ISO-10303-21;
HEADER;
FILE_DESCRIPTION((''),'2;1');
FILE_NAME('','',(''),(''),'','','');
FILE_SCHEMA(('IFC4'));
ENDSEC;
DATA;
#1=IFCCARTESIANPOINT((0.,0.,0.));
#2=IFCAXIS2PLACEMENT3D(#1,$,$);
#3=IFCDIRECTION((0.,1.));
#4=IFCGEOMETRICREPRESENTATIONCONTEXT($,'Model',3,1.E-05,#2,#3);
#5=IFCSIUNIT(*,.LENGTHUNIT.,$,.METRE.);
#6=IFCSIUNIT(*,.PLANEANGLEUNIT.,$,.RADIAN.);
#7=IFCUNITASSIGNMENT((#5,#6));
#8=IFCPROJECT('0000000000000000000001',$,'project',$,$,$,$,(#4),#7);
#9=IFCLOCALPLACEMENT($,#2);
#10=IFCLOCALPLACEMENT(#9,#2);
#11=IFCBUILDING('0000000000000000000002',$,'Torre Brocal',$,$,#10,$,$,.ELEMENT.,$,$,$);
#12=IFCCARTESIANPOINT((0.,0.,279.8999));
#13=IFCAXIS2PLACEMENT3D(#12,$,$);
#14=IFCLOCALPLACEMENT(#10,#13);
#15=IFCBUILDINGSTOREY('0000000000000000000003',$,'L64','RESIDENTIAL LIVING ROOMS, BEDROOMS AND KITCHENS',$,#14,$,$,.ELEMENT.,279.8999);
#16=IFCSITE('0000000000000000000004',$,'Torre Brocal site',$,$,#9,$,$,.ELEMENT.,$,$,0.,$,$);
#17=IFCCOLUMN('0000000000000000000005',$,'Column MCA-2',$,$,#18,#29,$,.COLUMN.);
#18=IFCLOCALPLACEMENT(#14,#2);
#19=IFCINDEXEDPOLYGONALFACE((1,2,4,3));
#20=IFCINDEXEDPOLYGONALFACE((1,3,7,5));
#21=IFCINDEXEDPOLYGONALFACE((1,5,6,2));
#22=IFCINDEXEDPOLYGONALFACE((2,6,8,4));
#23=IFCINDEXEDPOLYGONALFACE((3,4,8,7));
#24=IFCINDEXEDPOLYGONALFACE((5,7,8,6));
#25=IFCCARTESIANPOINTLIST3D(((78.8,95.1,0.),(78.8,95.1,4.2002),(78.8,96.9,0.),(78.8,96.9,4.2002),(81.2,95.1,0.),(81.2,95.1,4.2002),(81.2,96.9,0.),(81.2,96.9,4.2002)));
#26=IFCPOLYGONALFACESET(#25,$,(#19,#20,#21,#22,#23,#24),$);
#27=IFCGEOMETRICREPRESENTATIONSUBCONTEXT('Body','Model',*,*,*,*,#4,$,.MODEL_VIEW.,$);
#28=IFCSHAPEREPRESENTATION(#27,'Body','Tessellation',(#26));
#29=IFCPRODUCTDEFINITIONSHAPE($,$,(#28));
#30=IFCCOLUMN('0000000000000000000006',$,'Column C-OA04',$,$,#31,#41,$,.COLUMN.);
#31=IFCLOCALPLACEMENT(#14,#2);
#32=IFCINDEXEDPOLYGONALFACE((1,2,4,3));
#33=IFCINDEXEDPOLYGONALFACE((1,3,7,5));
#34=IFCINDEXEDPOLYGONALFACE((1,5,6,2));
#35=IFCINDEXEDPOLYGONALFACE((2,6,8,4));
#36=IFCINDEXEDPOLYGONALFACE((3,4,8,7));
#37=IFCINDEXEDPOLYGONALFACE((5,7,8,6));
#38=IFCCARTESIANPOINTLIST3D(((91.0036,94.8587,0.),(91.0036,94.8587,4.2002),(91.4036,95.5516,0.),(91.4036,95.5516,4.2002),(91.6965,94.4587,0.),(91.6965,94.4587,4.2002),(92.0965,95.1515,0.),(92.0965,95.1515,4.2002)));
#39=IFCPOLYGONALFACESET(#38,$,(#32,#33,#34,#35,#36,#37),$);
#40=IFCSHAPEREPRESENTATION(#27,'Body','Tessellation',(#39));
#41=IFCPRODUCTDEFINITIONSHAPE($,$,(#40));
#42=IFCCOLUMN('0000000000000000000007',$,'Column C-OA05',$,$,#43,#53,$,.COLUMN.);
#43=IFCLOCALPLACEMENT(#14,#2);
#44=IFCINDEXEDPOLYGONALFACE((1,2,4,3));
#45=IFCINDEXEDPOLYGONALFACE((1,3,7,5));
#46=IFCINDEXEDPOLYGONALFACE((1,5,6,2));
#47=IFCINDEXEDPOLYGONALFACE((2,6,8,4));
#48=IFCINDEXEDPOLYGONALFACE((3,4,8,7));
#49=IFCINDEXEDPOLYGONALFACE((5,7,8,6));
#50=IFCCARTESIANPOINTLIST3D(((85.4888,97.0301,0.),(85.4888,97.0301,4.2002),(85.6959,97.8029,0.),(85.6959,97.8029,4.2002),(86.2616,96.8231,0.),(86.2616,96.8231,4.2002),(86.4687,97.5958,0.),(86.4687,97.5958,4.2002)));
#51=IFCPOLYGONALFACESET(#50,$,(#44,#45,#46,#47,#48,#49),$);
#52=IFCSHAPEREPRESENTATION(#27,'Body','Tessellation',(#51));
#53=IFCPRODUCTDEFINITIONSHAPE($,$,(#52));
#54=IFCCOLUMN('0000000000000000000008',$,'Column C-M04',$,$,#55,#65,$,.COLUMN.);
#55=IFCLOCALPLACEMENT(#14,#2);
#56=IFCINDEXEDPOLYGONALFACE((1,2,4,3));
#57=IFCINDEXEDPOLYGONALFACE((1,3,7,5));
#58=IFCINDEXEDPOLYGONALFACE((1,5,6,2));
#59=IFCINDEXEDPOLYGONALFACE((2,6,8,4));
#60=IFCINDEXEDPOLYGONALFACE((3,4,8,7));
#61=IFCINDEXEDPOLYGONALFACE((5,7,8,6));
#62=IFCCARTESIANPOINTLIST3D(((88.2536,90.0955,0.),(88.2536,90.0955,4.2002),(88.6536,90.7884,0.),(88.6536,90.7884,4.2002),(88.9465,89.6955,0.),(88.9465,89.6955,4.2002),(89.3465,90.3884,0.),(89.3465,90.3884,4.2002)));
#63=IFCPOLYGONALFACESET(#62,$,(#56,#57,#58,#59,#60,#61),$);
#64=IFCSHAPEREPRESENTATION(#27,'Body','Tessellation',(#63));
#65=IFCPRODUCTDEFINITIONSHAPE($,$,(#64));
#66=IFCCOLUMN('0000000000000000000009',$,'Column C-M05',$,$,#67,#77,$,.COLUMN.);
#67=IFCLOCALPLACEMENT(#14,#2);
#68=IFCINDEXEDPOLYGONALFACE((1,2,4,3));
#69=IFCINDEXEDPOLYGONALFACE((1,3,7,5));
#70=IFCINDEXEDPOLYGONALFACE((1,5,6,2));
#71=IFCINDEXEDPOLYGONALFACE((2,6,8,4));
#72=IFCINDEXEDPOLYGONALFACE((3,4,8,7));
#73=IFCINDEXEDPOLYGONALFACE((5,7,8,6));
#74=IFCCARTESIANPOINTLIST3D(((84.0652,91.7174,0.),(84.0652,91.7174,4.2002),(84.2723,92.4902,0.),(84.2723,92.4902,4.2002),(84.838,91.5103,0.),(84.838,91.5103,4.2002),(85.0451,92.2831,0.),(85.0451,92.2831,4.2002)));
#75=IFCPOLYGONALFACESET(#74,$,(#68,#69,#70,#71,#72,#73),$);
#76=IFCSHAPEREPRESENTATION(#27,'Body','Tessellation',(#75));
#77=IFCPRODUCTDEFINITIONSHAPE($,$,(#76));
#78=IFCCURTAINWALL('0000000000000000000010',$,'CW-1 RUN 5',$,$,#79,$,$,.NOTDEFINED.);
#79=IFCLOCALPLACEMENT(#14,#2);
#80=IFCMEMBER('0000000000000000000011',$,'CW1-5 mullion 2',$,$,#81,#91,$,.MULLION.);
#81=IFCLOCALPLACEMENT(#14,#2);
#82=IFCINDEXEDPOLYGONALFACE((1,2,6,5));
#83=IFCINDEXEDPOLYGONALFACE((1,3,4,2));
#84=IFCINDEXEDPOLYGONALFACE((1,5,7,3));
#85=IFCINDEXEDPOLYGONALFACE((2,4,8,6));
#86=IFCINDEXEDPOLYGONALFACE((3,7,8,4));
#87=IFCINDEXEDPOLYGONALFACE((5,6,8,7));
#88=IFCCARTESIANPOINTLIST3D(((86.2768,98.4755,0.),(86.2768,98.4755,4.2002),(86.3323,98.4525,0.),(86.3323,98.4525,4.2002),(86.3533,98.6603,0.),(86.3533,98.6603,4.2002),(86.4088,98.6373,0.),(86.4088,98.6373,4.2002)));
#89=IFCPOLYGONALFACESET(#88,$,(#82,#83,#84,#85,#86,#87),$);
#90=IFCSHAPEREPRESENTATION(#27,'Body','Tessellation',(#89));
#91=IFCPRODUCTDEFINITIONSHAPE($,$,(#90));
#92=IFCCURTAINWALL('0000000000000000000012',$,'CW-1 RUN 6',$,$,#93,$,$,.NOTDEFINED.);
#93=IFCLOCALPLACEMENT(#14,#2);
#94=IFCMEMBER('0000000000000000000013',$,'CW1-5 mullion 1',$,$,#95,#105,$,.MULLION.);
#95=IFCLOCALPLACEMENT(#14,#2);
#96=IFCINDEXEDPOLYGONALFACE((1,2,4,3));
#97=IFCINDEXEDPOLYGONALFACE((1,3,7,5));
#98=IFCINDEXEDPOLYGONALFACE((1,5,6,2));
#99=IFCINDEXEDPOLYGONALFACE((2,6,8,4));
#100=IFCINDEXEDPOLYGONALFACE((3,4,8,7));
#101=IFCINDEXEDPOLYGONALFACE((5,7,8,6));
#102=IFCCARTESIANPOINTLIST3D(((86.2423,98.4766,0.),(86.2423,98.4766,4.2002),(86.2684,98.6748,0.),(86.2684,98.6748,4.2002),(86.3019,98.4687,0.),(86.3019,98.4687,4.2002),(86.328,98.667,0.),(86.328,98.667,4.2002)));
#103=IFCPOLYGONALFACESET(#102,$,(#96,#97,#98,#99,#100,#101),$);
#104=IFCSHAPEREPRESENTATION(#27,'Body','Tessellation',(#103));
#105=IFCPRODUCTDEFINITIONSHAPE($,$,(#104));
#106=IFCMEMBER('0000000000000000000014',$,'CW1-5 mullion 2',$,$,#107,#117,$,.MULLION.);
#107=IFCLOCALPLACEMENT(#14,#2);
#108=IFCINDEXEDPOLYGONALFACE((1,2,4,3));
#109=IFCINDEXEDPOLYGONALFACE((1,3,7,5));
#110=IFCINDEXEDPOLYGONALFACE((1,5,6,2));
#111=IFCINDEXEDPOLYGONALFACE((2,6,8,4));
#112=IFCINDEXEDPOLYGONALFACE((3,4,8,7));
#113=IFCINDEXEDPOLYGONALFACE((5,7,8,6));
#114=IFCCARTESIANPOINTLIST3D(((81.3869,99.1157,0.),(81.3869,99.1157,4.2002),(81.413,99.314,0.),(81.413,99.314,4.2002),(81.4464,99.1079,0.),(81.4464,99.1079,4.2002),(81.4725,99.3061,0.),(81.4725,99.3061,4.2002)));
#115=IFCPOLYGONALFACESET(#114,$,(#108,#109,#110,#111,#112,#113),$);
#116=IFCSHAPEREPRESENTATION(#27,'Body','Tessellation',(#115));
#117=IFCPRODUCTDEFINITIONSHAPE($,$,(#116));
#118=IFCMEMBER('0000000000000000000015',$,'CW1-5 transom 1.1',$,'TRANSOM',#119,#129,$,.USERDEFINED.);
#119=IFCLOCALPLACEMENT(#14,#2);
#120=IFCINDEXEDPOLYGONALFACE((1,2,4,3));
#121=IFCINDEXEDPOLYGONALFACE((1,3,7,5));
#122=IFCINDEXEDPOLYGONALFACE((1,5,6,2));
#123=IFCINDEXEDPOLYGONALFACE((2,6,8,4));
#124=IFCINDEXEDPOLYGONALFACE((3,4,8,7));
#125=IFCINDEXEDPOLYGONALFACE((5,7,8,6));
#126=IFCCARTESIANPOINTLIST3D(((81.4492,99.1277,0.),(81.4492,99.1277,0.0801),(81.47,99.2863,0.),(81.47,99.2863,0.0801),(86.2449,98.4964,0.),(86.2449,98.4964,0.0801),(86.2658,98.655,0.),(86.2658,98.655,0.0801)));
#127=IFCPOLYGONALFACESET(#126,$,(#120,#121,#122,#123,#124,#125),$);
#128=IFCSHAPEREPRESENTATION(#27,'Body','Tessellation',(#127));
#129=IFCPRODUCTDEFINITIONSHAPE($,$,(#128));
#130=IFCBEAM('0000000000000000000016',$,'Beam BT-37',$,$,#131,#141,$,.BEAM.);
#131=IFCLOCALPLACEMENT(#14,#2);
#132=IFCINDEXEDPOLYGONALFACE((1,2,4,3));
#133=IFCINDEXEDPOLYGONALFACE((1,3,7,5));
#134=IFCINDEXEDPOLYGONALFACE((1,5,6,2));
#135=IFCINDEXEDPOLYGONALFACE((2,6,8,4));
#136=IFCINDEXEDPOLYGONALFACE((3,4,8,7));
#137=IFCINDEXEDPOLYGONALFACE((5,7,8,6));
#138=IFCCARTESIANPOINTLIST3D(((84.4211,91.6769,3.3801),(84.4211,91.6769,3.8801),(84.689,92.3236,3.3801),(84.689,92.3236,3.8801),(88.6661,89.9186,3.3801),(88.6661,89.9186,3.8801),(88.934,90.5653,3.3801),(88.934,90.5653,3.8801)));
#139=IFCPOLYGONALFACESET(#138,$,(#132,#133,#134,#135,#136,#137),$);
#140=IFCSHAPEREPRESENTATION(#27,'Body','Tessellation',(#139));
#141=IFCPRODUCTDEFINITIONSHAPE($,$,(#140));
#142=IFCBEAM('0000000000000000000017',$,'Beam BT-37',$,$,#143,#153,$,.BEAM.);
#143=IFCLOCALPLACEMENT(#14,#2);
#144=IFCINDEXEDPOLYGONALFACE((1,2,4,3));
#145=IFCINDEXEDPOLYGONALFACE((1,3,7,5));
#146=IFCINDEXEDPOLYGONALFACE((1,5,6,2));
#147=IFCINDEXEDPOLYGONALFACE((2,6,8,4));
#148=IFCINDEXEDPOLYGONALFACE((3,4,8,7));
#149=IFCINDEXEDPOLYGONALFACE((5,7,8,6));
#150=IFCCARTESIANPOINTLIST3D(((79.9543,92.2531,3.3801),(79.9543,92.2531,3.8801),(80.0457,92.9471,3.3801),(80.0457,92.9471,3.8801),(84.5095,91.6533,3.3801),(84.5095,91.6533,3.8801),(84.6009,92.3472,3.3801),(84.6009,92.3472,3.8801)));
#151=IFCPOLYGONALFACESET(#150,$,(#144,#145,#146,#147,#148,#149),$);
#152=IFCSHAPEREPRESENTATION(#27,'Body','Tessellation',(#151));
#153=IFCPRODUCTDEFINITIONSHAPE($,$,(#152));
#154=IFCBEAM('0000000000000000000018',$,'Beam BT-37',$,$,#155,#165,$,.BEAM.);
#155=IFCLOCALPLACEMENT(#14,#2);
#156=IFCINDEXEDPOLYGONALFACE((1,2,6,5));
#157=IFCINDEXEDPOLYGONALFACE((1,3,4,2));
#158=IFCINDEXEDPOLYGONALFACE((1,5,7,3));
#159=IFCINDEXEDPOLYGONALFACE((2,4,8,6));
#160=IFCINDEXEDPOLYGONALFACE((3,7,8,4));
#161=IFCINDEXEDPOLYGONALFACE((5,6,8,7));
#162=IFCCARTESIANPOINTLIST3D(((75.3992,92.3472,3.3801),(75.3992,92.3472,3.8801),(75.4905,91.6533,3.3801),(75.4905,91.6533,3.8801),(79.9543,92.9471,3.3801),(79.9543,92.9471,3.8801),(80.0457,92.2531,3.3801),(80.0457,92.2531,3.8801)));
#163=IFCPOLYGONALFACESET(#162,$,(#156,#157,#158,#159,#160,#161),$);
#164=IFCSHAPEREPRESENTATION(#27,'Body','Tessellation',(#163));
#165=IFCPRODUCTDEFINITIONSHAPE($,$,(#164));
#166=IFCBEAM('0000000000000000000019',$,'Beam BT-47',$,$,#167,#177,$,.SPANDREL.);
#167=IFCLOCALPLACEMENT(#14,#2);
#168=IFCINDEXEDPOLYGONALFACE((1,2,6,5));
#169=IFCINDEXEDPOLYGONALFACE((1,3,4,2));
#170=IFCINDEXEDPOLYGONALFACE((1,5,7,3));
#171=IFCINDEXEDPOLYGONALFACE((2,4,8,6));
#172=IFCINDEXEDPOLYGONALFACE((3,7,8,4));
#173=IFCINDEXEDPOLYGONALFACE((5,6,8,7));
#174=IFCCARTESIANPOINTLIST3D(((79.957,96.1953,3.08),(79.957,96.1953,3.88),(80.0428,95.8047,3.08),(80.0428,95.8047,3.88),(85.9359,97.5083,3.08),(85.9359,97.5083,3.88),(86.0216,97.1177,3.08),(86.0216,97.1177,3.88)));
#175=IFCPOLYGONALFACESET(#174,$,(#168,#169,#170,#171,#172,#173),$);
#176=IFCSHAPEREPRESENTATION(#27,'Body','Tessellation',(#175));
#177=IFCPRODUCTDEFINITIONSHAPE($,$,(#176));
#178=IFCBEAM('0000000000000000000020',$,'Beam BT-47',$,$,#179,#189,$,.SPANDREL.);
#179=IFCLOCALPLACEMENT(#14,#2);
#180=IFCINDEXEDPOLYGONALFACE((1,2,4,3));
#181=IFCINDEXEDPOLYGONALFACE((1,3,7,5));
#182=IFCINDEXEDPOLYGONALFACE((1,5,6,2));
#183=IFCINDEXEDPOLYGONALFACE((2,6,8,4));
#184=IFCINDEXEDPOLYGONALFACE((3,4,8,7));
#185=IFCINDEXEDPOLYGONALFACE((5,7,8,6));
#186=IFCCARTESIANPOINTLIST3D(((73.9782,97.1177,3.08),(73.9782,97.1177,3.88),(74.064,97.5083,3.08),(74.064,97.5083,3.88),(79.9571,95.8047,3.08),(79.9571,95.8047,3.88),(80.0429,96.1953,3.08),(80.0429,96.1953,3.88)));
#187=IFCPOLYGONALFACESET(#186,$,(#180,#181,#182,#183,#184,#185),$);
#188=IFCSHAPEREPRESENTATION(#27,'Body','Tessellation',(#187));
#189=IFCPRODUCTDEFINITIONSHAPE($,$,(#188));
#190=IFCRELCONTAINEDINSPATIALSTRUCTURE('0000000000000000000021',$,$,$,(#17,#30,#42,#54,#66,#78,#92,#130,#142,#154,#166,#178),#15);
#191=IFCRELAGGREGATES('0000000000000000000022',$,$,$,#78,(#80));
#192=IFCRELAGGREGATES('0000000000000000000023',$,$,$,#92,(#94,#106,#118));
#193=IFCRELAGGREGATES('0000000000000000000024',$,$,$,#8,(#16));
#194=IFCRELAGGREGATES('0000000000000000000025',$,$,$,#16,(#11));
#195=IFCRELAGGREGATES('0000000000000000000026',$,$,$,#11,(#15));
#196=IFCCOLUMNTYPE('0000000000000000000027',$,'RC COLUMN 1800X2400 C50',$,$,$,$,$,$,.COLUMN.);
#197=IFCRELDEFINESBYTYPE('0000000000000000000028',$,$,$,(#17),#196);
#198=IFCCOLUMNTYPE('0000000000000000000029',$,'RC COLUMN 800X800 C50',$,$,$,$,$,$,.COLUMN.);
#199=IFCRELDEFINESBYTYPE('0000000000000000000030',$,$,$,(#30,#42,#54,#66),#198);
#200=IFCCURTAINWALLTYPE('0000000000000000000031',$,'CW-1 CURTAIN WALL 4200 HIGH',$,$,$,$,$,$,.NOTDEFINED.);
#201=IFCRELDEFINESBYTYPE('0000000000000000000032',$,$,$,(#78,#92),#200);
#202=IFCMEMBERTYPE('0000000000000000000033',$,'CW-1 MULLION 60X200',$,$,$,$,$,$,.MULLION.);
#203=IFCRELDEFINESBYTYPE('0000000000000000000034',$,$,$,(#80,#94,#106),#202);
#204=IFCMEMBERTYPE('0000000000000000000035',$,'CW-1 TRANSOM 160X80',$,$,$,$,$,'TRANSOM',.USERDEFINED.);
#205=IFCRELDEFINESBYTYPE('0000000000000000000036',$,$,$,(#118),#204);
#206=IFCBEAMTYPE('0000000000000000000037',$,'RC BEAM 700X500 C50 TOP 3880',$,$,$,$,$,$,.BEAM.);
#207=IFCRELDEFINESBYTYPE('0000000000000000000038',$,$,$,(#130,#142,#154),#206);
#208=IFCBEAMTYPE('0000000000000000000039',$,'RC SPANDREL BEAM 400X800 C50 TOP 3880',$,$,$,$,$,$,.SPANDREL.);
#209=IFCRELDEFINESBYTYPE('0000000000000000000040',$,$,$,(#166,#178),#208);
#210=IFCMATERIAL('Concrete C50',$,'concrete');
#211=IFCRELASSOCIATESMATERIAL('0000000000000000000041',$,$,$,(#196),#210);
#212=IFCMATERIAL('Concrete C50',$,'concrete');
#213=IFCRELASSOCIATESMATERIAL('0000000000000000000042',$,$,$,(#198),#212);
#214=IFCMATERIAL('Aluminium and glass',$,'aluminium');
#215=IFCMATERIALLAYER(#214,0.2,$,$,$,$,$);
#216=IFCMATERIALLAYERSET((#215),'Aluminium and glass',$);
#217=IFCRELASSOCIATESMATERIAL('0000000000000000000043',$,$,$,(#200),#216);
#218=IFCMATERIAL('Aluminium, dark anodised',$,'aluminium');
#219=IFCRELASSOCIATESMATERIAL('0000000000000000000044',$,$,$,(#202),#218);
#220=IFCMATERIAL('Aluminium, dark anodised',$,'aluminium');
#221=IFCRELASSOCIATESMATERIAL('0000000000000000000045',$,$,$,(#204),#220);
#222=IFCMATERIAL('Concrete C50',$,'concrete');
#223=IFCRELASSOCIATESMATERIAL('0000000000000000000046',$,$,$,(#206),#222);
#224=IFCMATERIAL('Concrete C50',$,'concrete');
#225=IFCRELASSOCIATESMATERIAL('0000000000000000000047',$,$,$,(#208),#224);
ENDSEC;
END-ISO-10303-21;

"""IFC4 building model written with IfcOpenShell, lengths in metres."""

from ifc_helpers import new_model, si_unit, direction, frame, origin, origin_2d, place, context, subcontext, project, spatial, rectangle, extrude, material, layer, layer_set, material_profile, profile_set, type_object, element, aggregate, save


model = new_model("IFC4")

# Units and contexts
model_context = context("Model", 3, precision=1e-05, world=origin(), true_north=direction((0.0, 1.0)))
body_context = subcontext(model_context, "Body", "Model", "MODEL_VIEW")
ifc_project = project(units=[si_unit("LENGTHUNIT", "METRE"), si_unit("PLANEANGLEUNIT", "RADIAN")], contexts=[model_context])

# Site, building, storey
site_placement = place(None, origin())
site = spatial("IfcSite", under=ifc_project, at=site_placement, Name="Torre Brocal site", CompositionType="ELEMENT", RefElevation=0.0)
building_placement = place(site_placement, origin())
building = spatial("IfcBuilding", under=site, at=building_placement, Name="Torre Brocal", CompositionType="ELEMENT")
storey_placement = place(building_placement, frame((0.0, 0.0, 279.8999)))
storey = spatial("IfcBuildingStorey", under=building, at=storey_placement, Name="L64", Description="RESIDENTIAL LIVING ROOMS, BEDROOMS AND KITCHENS", CompositionType="ELEMENT", Elevation=279.8999)

# Columns
ifc_material_1 = material(Name="Concrete C50", Category="concrete")
ifc_material_profile_1 = material_profile(ifc_material_1, rectangle(XDim=1.8, YDim=2.3999, at=origin_2d()), Name="RC 1800X2400")
ifc_profile_set_1 = profile_set([ifc_material_profile_1], Name="Concrete C50")
column_type_1 = type_object("IfcColumnType", Name="RC COLUMN 1800X2400 C50", PredefinedType="COLUMN", material=ifc_profile_set_1)
column_placement = place(storey_placement, frame((80.0, 96.0, 0.0), z_axis=(0.0, 0.0, 1.0), x_axis=(0.0, 1.0, 0.0)))
element("IfcColumn", 1, at=column_placement, inside=storey, type_object=column_type_1, Name="Column MCA-2", PredefinedType="COLUMN", context=body_context, shape_type="SweptSolid", body=[
    extrude(rectangle(XDim=1.8, YDim=2.3999, at=origin_2d()), origin(), (0.0, 0.0, 1.0), 4.2002),
])
ifc_material_2 = material(Name="Concrete C50", Category="concrete")
ifc_material_profile_2 = material_profile(ifc_material_2, rectangle(XDim=0.8, YDim=0.8, at=origin_2d()), Name="RC 800X800")
ifc_profile_set_2 = profile_set([ifc_material_profile_2], Name="Concrete C50")
column_type_2 = type_object("IfcColumnType", Name="RC COLUMN 800X800 C50", PredefinedType="COLUMN", material=ifc_profile_set_2)
for number, where, z_axis, x_axis, name in (
    (2, (91.55, 95.0051, 0.0), (0.0, 0.0, 1.0), (0.5, 0.866025, 0.0), "Column C-OA04"),
    (3, (85.9788, 97.313, 0.0), (0.0, 0.0, 1.0), (0.258819, 0.965926, 0.0), "Column C-OA05"),
    (4, (88.8, 90.2419, 0.0), (0.0, 0.0, 1.0), (0.5, 0.866025, 0.0), "Column C-M04"),
    (5, (84.5552, 92.0002, 0.0), (0.0, 0.0, 1.0), (0.258819, 0.965926, 0.0), "Column C-M05"),
):
    element("IfcColumn", number, at=place(storey_placement, frame(where, z_axis=z_axis, x_axis=x_axis)), inside=storey, type_object=column_type_2, Name=name, PredefinedType="COLUMN", context=body_context, shape_type="SweptSolid", body=[
        extrude(rectangle(XDim=0.8, YDim=0.8, at=origin_2d()), origin(), (0.0, 0.0, 1.0), 4.2002),
    ])

# Curtain wall, member
ifc_material_3 = material(Name="Aluminium and glass", Category="aluminium")
ifc_layer_1 = layer(ifc_material_3, 0.2)
ifc_layer_set_1 = layer_set([ifc_layer_1], Name="Aluminium and glass")
curtain_wall_type = type_object("IfcCurtainWallType", Name="CW-1 CURTAIN WALL 4200 HIGH", PredefinedType="NOTDEFINED", material=ifc_layer_set_1)
curtain_wall_1_placement = place(storey_placement, origin())
curtain_wall_1 = element("IfcCurtainWall", 6, at=curtain_wall_1_placement, inside=storey, type_object=curtain_wall_type, Name="CW-1 RUN 5", PredefinedType="NOTDEFINED")
ifc_material_4 = material(Name="Aluminium, dark anodised", Category="aluminium")
ifc_material_profile_3 = material_profile(ifc_material_4, rectangle(XDim=0.2, YDim=0.0601, at=origin_2d()), Name="CW-1 MULLION 60X200")
ifc_profile_set_3 = profile_set([ifc_material_profile_3], Name="Aluminium, dark anodised")
member_type_1 = type_object("IfcMemberType", Name="CW-1 MULLION 60X200", PredefinedType="MULLION", material=ifc_profile_set_3)
member_1_placement = place(storey_placement, frame((86.3428, 98.5564, 0.0), z_axis=(0.0, 0.0, 1.0), x_axis=(-0.382683, -0.92388, 0.0)))
member_1 = element("IfcMember", 7, at=member_1_placement, type_object=member_type_1, Name="CW1-5 mullion 2", PredefinedType="MULLION", context=body_context, shape_type="SweptSolid", body=[
    extrude(rectangle(XDim=0.2, YDim=0.0601, at=origin_2d()), origin(), (0.0, 0.0, 1.0), 4.2002),
])

# Curtain wall, members
curtain_wall_2_placement = place(storey_placement, origin())
curtain_wall_2 = element("IfcCurtainWall", 8, at=curtain_wall_2_placement, inside=storey, type_object=curtain_wall_type, Name="CW-1 RUN 6", PredefinedType="NOTDEFINED")
member_2_placement = place(storey_placement, frame((86.2852, 98.5718, 0.0), z_axis=(0.0, 0.0, 1.0), x_axis=(-0.130526, -0.991445, 0.0)))
member_2 = element("IfcMember", 9, at=member_2_placement, type_object=member_type_1, Name="CW1-5 mullion 1", PredefinedType="MULLION", context=body_context, shape_type="SweptSolid", body=[
    extrude(rectangle(XDim=0.2, YDim=0.0601, at=origin_2d()), origin(), (0.0, 0.0, 1.0), 4.2002),
])
member_3_placement = place(storey_placement, frame((81.4297, 99.2109, 0.0), z_axis=(0.0, 0.0, 1.0), x_axis=(-0.130526, -0.991445, 0.0)))
member_3 = element("IfcMember", 10, at=member_3_placement, type_object=member_type_1, Name="CW1-5 mullion 2", PredefinedType="MULLION", context=body_context, shape_type="SweptSolid", body=[
    extrude(rectangle(XDim=0.2, YDim=0.0601, at=origin_2d()), origin(), (0.0, 0.0, 1.0), 4.2002),
])
ifc_material_5 = material(Name="Aluminium, dark anodised", Category="aluminium")
ifc_material_profile_4 = material_profile(ifc_material_5, rectangle(XDim=0.1599, YDim=0.0801, at=origin_2d()), Name="CW-1 TRANSOM 160X80")
ifc_profile_set_4 = profile_set([ifc_material_profile_4], Name="Aluminium, dark anodised")
member_type_2 = type_object("IfcMemberType", Name="CW-1 TRANSOM 160X80", ElementType="TRANSOM", PredefinedType="USERDEFINED", material=ifc_profile_set_4)
member_4_placement = place(storey_placement, frame((86.2554, 98.5757, 0.04), z_axis=(-0.991446, 0.130517, 0.0), x_axis=(-0.130517, -0.991446, 0.0)))
member_4 = element("IfcMember", 11, at=member_4_placement, type_object=member_type_2, Name="CW1-5 transom 1.1", ObjectType="TRANSOM", PredefinedType="USERDEFINED", context=body_context, shape_type="SweptSolid", body=[
    extrude(rectangle(XDim=0.1599, YDim=0.0801, at=origin_2d()), origin(), (0.0, 0.0, 1.0), 4.8372),
])

# Beams
ifc_material_6 = material(Name="Concrete C50", Category="concrete")
ifc_material_profile_5 = material_profile(ifc_material_6, rectangle(XDim=0.7, YDim=0.5, at=origin_2d()), Name="RC 700X500")
ifc_profile_set_5 = profile_set([ifc_material_profile_5], Name="Concrete C50")
beam_type_1 = type_object("IfcBeamType", Name="RC BEAM 700X500 C50 TOP 3880", PredefinedType="BEAM", material=ifc_profile_set_5)
beam_placement = place(storey_placement, frame((88.8, 90.2419, 3.6301), z_axis=(-0.923878, 0.382687, 0.0), x_axis=(-0.382687, -0.923878, 0.0)))
element("IfcBeam", 12, at=beam_placement, inside=storey, type_object=beam_type_1, Name="Beam BT-37", PredefinedType="BEAM", context=body_context, shape_type="SweptSolid", body=[
    extrude(rectangle(XDim=0.7, YDim=0.5, at=origin_2d()), origin(), (0.0, 0.0, 1.0), 4.5947),
])
for number, where, z_axis, x_axis, name in (
    (13, (84.5552, 92.0002, 3.6301), (-0.991441, 0.130559, 0.0), (-0.130559, -0.991441, 0.0), "Beam BT-37"),
    (14, (80.0, 92.6001, 3.6301), (-0.991441, -0.130559, 0.0), (0.130559, -0.991441, 0.0), "Beam BT-37"),
):
    element("IfcBeam", number, at=place(storey_placement, frame(where, z_axis=z_axis, x_axis=x_axis)), inside=storey, type_object=beam_type_1, Name=name, PredefinedType="BEAM", context=body_context, shape_type="SweptSolid", body=[
        extrude(rectangle(XDim=0.7, YDim=0.5, at=origin_2d()), origin(), (0.0, 0.0, 1.0), 4.5945),
    ])
ifc_material_7 = material(Name="Concrete C50", Category="concrete")
ifc_material_profile_6 = material_profile(ifc_material_7, rectangle(XDim=0.3999, YDim=0.8, at=origin_2d()), Name="RC 400X800")
ifc_profile_set_6 = profile_set([ifc_material_profile_6], Name="Concrete C50")
beam_type_2 = type_object("IfcBeamType", Name="RC SPANDREL BEAM 400X800 C50 TOP 3880", PredefinedType="SPANDREL", material=ifc_profile_set_6)
for number, where, z_axis, x_axis, name in (
    (15, (85.9788, 97.313, 3.48), (-0.976725, -0.214497, 0.0), (0.214497, -0.976725, 0.0), "Beam BT-47"),
    (16, (80.0, 96.0, 3.48), (-0.976725, 0.214497, 0.0), (-0.214497, -0.976725, 0.0), "Beam BT-47"),
):
    element("IfcBeam", number, at=place(storey_placement, frame(where, z_axis=z_axis, x_axis=x_axis)), inside=storey, type_object=beam_type_2, Name=name, PredefinedType="SPANDREL", context=body_context, shape_type="SweptSolid", body=[
        extrude(rectangle(XDim=0.3999, YDim=0.8, at=origin_2d()), origin(), (0.0, 0.0, 1.0), 6.1213),
    ])

aggregate(curtain_wall_1, [member_1])
aggregate(curtain_wall_2, [member_2, member_3, member_4])

save(model, "model.ifc")
